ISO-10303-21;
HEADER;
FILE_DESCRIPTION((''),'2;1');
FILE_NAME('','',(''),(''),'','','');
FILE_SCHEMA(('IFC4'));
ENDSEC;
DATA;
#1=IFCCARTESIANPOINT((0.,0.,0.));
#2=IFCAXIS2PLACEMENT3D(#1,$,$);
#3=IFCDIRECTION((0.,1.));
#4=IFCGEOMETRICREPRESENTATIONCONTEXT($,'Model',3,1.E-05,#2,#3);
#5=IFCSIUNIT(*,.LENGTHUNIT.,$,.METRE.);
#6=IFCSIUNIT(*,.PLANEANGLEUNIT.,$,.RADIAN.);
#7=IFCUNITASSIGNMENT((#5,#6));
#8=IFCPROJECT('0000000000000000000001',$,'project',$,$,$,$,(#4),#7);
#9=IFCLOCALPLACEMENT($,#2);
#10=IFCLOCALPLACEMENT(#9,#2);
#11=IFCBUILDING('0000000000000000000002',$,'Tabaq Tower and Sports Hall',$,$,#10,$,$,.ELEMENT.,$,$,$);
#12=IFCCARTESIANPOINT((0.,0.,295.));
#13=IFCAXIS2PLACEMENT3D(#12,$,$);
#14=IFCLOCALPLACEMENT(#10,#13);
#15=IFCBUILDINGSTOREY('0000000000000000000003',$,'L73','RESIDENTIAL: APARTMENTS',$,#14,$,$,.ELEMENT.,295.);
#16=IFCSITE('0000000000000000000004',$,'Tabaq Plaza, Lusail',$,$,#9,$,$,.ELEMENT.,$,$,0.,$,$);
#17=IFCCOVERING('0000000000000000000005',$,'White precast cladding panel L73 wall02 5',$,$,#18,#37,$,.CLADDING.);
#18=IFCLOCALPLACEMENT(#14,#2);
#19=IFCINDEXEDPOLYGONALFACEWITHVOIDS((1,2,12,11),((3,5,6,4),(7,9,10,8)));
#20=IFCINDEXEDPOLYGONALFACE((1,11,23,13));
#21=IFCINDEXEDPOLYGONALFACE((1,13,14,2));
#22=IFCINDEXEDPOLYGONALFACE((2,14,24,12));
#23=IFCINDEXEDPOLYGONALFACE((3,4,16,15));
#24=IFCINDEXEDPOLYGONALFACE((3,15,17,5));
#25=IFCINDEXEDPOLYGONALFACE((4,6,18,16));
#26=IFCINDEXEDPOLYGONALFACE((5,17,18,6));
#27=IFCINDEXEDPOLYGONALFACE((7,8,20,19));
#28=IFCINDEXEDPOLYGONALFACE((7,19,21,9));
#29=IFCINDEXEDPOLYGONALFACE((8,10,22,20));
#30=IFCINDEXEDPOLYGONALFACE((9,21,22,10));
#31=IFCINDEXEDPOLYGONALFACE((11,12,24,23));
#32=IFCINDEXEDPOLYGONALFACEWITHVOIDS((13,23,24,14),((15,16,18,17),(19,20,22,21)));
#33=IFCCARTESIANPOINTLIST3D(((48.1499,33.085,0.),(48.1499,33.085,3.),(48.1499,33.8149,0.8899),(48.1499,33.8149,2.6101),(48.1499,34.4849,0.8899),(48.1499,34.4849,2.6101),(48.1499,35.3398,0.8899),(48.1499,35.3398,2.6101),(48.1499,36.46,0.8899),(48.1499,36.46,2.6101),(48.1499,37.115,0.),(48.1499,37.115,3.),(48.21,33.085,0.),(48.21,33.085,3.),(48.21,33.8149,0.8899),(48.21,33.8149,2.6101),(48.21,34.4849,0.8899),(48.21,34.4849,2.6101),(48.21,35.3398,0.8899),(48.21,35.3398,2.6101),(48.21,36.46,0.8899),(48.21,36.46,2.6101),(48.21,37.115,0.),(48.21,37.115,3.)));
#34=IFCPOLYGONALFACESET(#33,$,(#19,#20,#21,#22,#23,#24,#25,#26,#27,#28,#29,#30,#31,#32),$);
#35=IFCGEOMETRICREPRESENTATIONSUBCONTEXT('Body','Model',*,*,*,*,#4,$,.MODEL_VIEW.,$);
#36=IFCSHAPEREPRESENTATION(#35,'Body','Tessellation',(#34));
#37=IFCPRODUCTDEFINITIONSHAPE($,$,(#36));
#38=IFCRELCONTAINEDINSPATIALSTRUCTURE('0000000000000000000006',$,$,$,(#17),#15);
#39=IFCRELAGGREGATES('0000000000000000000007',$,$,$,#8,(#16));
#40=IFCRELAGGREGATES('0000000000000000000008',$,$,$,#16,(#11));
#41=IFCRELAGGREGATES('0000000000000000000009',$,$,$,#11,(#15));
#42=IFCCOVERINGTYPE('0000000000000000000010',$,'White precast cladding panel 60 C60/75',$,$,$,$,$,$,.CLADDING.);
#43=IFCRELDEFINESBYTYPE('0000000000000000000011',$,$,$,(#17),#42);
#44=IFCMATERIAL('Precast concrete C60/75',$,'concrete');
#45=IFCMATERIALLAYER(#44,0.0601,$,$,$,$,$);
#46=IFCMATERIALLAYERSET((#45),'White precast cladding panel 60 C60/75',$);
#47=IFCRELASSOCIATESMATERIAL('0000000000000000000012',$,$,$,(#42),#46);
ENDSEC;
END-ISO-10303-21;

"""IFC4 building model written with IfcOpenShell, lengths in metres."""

from ifc_helpers import new_model, si_unit, direction, frame, origin, place, context, subcontext, project, spatial, polyline, outline, extrude, material, layer, layer_set, type_object, element, save


model = new_model("IFC4")

# Units and contexts
model_context = context("Model", 3, precision=1e-05, world=origin(), true_north=direction((0.0, 1.0)))
body_context = subcontext(model_context, "Body", "Model", "MODEL_VIEW")
ifc_project = project(units=[si_unit("LENGTHUNIT", "METRE"), si_unit("PLANEANGLEUNIT", "RADIAN")], contexts=[model_context])

# Site, building, storey
site_placement = place(None, origin())
site = spatial("IfcSite", under=ifc_project, at=site_placement, Name="Tabaq Plaza, Lusail", CompositionType="ELEMENT", RefElevation=0.0)
building_placement = place(site_placement, origin())
building = spatial("IfcBuilding", under=site, at=building_placement, Name="Tabaq Tower and Sports Hall", CompositionType="ELEMENT")
storey_placement = place(building_placement, frame((0.0, 0.0, 295.0)))
storey = spatial("IfcBuildingStorey", under=building, at=storey_placement, Name="L73", Description="RESIDENTIAL: APARTMENTS", CompositionType="ELEMENT", Elevation=295.0)

# Covering
ifc_material_1 = material(Name="Precast concrete C60/75", Category="concrete")
ifc_layer_1 = layer(ifc_material_1, 0.0601)
ifc_layer_set_1 = layer_set([ifc_layer_1], Name="White precast cladding panel 60 C60/75")
covering_type_1 = type_object("IfcCoveringType", Name="White precast cladding panel 60 C60/75", PredefinedType="CLADDING", material=ifc_layer_set_1)
covering_1_placement = place(storey_placement, frame((48.1799, 33.085, 0.0), z_axis=(0.0, 0.0, 1.0), x_axis=(0.0, 1.0, 0.0)))
element("IfcCovering", 1, at=covering_1_placement, inside=storey, type_object=covering_type_1, Name="White precast cladding panel L73 wall02 5", PredefinedType="CLADDING", context=body_context, shape_type="SweptSolid", body=[
    extrude(outline(polyline([(0.0, 0.0), (4.03, 0.0), (4.03, 3.0), (0.0, 3.0), (0.0, 0.0)]), holes=[polyline([(0.73, 2.6101), (1.3999, 2.6101), (1.3999, 0.8899), (0.73, 0.8899), (0.73, 2.6101)]), polyline([(2.2549, 2.6101), (3.375, 2.6101), (3.375, 0.8899), (2.2549, 0.8899), (2.2549, 2.6101)])]), frame((0.0, 0.03, 0.0), z_axis=(0.0, -1.0, 0.0), x_axis=(1.0, 0.0, 0.0)), (0.0, 0.0, 1.0), 0.0601),
])

save(model, "model.ifc")
